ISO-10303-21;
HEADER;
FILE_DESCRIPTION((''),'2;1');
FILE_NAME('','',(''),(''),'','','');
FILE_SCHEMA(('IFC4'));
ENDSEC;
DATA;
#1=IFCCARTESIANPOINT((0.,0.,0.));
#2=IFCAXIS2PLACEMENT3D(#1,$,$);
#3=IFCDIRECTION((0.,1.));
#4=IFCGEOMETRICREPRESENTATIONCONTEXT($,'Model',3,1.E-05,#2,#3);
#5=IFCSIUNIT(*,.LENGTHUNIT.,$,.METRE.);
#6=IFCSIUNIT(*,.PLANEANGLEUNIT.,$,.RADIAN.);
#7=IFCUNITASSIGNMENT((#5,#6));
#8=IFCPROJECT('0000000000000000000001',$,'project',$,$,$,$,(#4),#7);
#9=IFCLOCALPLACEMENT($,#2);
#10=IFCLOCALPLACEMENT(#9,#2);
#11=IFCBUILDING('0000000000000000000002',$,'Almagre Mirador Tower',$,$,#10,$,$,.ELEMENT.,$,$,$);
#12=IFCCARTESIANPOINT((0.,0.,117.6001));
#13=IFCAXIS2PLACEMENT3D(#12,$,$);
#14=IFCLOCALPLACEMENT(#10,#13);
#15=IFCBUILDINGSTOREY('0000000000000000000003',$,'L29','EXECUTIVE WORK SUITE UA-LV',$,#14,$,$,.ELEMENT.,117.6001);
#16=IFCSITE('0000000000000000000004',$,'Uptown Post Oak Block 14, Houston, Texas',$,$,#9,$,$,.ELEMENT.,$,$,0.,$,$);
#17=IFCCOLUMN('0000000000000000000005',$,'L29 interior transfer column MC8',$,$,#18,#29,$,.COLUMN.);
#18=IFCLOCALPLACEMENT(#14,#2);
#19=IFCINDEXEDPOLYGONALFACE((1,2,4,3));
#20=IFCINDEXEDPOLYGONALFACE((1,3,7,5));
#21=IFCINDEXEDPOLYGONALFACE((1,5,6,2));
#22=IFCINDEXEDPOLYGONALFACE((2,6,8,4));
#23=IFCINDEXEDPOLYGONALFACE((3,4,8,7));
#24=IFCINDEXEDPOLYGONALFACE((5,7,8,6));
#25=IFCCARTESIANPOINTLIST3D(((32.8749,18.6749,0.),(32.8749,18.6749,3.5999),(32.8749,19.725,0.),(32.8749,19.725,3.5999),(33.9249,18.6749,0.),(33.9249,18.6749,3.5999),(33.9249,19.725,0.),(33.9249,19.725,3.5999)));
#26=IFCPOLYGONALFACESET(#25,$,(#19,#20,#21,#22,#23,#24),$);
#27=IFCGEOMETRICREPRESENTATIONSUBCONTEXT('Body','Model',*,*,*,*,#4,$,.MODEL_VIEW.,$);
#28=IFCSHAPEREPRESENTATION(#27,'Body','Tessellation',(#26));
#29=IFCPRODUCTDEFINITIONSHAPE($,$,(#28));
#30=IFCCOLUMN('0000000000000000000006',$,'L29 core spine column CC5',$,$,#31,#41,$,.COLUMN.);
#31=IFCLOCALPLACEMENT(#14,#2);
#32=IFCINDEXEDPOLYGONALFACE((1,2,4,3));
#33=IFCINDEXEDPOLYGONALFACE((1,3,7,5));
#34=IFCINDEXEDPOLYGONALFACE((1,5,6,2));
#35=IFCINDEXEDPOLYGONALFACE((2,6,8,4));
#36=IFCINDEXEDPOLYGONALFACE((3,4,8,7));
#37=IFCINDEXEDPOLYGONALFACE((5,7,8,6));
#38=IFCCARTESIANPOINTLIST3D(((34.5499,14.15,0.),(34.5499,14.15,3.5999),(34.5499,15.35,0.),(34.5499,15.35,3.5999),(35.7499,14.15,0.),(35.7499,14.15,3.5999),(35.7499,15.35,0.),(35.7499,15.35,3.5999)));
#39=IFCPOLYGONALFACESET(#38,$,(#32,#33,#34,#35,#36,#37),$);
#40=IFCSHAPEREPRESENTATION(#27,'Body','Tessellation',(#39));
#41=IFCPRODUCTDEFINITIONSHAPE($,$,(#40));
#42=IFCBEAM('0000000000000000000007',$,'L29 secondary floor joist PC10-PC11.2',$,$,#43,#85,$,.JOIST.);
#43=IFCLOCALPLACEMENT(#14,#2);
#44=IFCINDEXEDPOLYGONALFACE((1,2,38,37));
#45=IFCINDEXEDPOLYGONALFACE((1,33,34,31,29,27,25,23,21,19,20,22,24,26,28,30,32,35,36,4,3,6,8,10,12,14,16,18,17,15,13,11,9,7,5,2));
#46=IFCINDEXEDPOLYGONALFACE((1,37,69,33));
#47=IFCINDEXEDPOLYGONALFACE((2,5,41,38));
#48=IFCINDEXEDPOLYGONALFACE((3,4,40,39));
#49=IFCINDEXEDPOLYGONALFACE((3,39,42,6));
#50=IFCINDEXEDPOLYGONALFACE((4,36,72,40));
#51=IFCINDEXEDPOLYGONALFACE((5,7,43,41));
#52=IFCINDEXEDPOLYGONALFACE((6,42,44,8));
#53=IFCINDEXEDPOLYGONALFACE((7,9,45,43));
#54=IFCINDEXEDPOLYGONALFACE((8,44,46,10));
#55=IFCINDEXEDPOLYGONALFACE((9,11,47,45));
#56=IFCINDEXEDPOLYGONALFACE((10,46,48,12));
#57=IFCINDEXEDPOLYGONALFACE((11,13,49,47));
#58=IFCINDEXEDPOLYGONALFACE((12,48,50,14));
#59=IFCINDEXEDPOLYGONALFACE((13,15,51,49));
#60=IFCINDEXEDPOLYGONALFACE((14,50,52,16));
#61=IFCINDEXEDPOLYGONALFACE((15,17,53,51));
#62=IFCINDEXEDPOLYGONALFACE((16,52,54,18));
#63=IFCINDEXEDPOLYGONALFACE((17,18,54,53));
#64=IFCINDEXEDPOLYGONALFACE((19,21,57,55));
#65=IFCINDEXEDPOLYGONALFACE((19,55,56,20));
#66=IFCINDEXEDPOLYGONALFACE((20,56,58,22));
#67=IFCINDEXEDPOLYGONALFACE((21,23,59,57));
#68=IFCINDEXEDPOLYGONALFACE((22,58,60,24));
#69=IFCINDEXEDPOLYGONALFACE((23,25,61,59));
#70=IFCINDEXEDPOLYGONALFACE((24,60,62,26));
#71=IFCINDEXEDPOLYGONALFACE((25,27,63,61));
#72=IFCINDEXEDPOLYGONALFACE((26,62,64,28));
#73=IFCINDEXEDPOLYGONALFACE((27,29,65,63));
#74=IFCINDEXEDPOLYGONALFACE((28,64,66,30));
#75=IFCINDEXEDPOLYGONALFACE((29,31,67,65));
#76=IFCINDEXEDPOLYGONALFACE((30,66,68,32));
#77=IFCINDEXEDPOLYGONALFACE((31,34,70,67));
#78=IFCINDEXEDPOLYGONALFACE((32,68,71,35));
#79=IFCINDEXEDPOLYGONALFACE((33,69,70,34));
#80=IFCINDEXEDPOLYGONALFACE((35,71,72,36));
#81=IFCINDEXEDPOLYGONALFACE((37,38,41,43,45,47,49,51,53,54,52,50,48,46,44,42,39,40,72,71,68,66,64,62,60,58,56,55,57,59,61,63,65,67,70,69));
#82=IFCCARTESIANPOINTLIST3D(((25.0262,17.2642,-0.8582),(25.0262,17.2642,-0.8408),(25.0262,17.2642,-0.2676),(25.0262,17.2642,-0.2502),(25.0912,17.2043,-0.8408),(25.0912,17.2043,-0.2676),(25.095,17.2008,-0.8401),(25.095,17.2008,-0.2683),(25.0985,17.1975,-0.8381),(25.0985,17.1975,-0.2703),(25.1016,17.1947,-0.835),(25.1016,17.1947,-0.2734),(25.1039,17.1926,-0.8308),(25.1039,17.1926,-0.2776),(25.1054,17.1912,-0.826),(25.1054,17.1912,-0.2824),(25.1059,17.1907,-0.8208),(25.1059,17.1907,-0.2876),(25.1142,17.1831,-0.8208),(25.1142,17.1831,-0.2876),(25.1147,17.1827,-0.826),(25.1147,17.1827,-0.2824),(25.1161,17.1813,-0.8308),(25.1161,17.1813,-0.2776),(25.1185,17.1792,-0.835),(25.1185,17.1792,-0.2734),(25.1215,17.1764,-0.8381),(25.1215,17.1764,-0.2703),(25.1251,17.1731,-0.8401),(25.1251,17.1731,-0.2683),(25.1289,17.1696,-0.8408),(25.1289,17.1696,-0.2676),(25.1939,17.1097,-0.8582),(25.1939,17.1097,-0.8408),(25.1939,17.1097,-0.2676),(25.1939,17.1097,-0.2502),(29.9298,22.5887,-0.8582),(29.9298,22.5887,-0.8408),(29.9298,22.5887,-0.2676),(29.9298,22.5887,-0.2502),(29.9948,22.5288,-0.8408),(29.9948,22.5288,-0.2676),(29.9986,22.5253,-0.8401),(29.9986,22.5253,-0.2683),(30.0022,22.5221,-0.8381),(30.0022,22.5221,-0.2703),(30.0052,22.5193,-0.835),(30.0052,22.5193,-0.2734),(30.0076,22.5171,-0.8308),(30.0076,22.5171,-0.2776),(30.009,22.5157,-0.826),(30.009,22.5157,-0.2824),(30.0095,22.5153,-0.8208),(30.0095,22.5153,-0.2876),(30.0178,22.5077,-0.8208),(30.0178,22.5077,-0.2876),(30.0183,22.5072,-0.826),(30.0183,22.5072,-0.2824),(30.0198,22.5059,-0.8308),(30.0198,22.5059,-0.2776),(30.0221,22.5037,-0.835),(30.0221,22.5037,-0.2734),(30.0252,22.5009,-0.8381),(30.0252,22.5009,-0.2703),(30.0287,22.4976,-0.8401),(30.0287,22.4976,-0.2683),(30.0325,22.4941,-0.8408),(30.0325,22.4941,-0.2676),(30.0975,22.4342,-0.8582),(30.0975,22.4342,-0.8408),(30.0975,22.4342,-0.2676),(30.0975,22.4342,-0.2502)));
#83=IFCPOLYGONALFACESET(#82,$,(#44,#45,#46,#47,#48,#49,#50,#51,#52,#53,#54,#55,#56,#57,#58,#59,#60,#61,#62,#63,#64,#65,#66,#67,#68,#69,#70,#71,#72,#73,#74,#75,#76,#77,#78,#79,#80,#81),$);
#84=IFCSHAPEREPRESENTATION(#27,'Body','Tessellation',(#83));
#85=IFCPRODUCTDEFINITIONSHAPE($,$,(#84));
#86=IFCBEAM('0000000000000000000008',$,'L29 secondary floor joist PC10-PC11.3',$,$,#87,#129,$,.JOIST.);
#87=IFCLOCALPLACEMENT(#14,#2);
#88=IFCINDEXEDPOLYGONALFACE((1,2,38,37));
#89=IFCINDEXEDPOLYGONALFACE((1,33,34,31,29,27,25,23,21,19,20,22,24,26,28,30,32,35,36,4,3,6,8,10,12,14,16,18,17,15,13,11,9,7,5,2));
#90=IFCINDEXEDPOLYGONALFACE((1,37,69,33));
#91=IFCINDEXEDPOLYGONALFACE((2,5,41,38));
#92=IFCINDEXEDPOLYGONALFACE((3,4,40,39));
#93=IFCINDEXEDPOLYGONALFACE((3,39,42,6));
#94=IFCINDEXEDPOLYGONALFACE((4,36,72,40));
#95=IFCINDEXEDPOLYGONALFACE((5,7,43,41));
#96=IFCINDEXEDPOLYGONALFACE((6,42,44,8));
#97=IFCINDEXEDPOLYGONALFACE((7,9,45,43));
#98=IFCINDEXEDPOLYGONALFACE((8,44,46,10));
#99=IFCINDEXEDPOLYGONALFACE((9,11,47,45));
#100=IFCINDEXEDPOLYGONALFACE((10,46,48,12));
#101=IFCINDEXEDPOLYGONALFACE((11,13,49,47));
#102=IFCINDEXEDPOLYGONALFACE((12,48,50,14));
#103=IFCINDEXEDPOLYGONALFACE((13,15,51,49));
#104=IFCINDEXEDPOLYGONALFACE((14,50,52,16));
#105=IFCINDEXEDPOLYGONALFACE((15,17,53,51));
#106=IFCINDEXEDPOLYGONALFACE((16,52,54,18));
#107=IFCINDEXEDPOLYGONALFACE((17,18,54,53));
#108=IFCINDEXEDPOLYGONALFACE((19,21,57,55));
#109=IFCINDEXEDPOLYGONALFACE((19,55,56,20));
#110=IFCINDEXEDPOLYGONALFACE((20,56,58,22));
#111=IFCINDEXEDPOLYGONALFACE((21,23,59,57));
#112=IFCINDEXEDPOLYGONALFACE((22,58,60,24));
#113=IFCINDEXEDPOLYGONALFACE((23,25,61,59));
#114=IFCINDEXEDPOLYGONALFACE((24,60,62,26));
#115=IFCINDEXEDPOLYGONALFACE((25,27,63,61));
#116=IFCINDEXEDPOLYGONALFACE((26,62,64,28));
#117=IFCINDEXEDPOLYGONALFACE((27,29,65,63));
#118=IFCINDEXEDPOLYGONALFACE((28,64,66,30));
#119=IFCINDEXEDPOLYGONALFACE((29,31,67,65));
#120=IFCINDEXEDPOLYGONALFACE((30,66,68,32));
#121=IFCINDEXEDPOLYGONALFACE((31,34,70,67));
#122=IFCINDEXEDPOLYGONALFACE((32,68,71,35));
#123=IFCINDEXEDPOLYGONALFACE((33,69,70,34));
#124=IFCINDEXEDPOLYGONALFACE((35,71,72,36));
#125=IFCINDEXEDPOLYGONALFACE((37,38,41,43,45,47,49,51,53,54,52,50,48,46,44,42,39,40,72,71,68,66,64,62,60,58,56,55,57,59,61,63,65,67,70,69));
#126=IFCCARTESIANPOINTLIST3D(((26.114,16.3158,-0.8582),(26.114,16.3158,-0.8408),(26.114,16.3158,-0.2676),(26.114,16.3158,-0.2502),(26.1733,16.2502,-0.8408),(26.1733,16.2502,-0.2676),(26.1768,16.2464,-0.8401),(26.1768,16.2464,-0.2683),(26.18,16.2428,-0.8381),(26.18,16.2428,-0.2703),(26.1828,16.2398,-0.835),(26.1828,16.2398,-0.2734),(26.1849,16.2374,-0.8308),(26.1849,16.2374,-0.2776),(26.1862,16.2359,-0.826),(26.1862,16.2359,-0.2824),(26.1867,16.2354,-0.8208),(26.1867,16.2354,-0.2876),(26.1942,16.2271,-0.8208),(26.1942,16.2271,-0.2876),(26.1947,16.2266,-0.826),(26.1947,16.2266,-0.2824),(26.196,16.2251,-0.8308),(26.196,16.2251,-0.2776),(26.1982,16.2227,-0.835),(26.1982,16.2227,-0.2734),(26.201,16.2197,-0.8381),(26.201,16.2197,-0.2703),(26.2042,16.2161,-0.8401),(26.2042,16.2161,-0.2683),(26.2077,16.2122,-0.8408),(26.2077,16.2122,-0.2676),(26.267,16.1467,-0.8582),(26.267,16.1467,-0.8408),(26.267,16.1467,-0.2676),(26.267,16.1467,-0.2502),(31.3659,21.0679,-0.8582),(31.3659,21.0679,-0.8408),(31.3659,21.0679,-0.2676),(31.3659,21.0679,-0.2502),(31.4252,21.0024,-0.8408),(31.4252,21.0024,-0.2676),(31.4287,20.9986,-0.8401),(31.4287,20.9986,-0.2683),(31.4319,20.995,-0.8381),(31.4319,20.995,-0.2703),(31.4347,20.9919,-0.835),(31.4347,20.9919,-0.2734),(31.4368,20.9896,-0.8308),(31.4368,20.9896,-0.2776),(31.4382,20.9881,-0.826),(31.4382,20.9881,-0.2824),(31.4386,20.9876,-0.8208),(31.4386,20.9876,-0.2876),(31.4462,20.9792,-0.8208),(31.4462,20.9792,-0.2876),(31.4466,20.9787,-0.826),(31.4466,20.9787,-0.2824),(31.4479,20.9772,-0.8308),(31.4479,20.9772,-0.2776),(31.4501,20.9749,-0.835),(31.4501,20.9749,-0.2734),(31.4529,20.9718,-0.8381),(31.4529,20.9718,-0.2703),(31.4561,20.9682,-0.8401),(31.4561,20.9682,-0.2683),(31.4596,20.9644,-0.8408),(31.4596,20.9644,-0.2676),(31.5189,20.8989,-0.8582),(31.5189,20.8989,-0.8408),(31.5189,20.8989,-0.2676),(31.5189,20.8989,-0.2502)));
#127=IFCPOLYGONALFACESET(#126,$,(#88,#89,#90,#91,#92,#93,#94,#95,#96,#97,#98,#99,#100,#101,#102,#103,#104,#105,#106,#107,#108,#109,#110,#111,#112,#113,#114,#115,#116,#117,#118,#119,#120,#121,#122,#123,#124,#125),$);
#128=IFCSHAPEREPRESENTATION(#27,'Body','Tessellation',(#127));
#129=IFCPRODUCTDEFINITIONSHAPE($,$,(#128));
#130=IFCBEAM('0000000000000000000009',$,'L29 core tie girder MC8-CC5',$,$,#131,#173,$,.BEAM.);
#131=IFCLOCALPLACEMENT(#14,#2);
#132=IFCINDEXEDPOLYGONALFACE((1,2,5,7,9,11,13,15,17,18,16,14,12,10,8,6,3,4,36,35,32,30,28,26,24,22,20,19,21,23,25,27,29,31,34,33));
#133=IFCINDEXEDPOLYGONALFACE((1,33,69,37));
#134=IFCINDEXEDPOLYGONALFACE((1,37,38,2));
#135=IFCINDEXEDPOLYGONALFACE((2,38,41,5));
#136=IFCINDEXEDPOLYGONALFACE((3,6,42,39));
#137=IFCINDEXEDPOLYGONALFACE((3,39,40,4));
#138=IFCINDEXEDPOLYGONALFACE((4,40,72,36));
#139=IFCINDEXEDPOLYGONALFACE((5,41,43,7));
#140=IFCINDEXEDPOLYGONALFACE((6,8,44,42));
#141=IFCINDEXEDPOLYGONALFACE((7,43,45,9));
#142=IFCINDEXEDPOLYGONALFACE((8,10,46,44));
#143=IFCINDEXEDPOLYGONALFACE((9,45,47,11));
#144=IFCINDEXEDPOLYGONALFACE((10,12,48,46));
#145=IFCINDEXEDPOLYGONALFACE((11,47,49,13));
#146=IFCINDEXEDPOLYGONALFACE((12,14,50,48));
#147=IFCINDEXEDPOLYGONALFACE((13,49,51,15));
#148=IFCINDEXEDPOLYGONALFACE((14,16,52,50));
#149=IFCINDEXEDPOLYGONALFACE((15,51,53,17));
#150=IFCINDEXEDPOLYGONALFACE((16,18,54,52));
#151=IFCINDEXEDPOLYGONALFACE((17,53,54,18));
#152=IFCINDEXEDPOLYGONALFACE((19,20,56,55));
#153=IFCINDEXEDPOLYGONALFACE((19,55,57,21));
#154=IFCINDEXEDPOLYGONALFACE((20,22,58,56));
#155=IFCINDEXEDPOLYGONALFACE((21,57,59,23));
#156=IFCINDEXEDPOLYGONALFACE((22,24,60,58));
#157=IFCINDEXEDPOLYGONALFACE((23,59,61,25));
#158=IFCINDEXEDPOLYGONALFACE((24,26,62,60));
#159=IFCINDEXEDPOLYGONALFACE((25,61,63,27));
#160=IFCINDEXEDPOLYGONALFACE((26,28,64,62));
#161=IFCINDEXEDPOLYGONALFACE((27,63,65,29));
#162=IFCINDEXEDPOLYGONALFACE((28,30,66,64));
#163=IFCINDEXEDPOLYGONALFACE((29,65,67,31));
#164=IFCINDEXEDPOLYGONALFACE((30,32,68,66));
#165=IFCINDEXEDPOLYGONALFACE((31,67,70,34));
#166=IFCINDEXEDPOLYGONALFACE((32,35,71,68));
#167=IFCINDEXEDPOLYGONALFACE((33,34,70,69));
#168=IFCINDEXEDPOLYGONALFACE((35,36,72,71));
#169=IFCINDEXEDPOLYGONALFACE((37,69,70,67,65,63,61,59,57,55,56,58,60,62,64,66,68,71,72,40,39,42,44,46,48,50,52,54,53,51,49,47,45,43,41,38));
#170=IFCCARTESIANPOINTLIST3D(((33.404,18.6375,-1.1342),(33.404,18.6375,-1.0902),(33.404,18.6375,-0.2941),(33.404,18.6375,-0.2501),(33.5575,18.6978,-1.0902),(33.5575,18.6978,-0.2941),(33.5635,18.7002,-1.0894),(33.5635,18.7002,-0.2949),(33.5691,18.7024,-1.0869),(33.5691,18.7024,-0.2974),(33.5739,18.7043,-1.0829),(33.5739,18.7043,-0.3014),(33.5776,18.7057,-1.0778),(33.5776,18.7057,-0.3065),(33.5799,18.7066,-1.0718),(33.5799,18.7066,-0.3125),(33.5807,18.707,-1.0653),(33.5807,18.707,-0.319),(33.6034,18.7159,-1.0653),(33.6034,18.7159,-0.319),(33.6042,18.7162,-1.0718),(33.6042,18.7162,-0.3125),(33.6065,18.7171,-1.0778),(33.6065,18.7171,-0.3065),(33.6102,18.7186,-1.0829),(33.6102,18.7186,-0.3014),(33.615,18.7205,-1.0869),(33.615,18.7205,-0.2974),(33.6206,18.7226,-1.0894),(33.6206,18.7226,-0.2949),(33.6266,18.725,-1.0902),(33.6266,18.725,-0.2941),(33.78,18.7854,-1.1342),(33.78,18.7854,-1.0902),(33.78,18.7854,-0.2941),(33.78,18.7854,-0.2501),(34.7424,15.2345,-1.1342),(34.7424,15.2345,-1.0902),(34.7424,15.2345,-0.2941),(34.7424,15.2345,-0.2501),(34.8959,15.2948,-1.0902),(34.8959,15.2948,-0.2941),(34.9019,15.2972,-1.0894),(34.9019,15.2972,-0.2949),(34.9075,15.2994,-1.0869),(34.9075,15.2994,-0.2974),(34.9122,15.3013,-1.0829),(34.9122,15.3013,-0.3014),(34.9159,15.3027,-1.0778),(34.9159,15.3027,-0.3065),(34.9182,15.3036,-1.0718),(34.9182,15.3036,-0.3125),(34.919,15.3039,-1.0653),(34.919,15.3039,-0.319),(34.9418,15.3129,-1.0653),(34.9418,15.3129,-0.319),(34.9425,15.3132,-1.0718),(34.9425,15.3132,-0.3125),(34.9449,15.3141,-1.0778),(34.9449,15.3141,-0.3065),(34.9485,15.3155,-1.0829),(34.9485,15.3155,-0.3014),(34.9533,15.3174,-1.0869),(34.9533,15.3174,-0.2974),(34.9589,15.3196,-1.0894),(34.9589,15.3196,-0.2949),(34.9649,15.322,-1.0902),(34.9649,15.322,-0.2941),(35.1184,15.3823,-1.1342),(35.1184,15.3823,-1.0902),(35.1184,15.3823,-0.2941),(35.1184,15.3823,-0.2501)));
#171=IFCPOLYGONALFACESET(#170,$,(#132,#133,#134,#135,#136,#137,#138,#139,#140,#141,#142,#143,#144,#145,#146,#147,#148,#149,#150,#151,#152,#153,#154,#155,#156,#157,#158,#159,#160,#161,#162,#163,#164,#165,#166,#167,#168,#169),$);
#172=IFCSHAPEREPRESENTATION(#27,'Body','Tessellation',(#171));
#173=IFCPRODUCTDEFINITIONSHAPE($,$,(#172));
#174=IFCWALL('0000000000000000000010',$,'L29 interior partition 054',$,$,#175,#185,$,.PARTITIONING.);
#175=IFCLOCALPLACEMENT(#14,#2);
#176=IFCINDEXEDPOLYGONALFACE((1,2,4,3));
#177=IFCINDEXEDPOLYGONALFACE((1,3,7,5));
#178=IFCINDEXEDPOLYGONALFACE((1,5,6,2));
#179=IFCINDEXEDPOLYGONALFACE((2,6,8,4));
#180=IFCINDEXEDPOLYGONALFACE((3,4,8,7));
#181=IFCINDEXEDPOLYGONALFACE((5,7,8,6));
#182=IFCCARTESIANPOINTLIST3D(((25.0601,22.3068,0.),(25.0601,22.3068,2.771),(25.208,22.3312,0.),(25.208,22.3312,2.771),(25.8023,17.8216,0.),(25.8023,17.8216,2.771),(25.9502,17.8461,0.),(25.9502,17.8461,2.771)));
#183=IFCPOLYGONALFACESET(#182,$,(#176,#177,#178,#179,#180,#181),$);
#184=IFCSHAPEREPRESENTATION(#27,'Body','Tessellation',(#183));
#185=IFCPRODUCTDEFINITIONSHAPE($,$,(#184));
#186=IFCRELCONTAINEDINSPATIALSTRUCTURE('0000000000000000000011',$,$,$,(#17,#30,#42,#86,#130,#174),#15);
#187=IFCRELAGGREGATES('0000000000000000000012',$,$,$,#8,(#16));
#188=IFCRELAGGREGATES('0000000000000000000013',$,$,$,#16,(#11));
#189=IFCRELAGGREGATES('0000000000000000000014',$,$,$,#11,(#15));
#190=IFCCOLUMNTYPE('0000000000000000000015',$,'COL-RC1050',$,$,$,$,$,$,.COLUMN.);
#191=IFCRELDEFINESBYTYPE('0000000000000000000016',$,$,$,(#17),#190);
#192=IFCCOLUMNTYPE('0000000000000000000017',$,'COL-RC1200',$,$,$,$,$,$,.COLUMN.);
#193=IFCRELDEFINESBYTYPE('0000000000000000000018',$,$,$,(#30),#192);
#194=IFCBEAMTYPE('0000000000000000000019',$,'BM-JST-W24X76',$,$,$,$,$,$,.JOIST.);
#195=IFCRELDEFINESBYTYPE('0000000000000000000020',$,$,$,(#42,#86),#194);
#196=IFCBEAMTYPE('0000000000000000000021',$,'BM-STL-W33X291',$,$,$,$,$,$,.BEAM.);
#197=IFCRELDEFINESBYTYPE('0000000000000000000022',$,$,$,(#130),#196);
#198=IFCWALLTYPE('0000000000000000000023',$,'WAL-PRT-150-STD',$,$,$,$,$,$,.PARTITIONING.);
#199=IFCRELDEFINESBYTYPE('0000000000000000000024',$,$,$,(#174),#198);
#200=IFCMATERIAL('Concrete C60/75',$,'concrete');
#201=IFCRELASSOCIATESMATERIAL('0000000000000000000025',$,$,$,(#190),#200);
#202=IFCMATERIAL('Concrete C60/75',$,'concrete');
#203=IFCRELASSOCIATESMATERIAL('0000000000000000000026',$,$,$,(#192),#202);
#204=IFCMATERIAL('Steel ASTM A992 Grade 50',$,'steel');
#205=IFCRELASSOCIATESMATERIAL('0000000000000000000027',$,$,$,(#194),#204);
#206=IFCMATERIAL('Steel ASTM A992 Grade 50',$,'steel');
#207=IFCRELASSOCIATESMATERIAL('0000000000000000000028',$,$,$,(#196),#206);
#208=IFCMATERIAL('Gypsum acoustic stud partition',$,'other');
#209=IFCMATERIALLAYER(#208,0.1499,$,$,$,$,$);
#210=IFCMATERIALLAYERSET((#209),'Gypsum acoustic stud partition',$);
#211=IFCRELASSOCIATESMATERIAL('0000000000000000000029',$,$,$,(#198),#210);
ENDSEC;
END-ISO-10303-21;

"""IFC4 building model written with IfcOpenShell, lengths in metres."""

from ifc_helpers import new_model, si_unit, direction, frame, frame_2d, origin, origin_2d, place, context, subcontext, project, spatial, rectangle, i_section, extrude, material, layer, layer_set, material_profile, profile_set, type_object, element, save


model = new_model("IFC4")

# Units and contexts
model_context = context("Model", 3, precision=1e-05, world=origin(), true_north=direction((0.0, 1.0)))
body_context = subcontext(model_context, "Body", "Model", "MODEL_VIEW")
ifc_project = project(units=[si_unit("LENGTHUNIT", "METRE"), si_unit("PLANEANGLEUNIT", "RADIAN")], contexts=[model_context])

# Site, building, storey
site_placement = place(None, origin())
site = spatial("IfcSite", under=ifc_project, at=site_placement, Name="Uptown Post Oak Block 14, Houston, Texas", CompositionType="ELEMENT", RefElevation=0.0)
building_placement = place(site_placement, origin())
building = spatial("IfcBuilding", under=site, at=building_placement, Name="Almagre Mirador Tower", CompositionType="ELEMENT")
storey_placement = place(building_placement, frame((0.0, 0.0, 117.6001)))
storey = spatial("IfcBuildingStorey", under=building, at=storey_placement, Name="L29", Description="EXECUTIVE WORK SUITE UA-LV", CompositionType="ELEMENT", Elevation=117.6001)

# Columns
ifc_material_1 = material(Name="Concrete C60/75", Category="concrete")
ifc_material_profile_1 = material_profile(ifc_material_1, rectangle(XDim=1.05, YDim=1.05, at=origin_2d()), Name="RC1050X1050")
ifc_profile_set_1 = profile_set([ifc_material_profile_1], Name="Concrete C60/75")
column_type_1 = type_object("IfcColumnType", Name="COL-RC1050", PredefinedType="COLUMN", material=ifc_profile_set_1)
column_1_placement = place(storey_placement, frame((33.3999, 19.2, 0.0), z_axis=(0.0, 0.0, 1.0), x_axis=(1.0, 0.0, 0.0)))
element("IfcColumn", 1, at=column_1_placement, inside=storey, type_object=column_type_1, Name="L29 interior transfer column MC8", PredefinedType="COLUMN", context=body_context, shape_type="SweptSolid", body=[
    extrude(rectangle(XDim=1.05, YDim=1.05, at=origin_2d()), origin(), (0.0, 0.0, 1.0), 3.5999),
])
ifc_material_2 = material(Name="Concrete C60/75", Category="concrete")
ifc_material_profile_2 = material_profile(ifc_material_2, rectangle(XDim=1.2, YDim=1.2, at=origin_2d()), Name="RC1200X1200")
ifc_profile_set_2 = profile_set([ifc_material_profile_2], Name="Concrete C60/75")
column_type_2 = type_object("IfcColumnType", Name="COL-RC1200", PredefinedType="COLUMN", material=ifc_profile_set_2)
column_2_placement = place(storey_placement, frame((35.1499, 14.75, 0.0), z_axis=(0.0, 0.0, 1.0), x_axis=(1.0, 0.0, 0.0)))
element("IfcColumn", 2, at=column_2_placement, inside=storey, type_object=column_type_2, Name="L29 core spine column CC5", PredefinedType="COLUMN", context=body_context, shape_type="SweptSolid", body=[
    extrude(rectangle(XDim=1.2, YDim=1.2, at=origin_2d()), origin(), (0.0, 0.0, 1.0), 3.5999),
])

# Beams
ifc_material_3 = material(Name="Steel ASTM A992 Grade 50", Category="steel")
ifc_material_profile_3 = material_profile(ifc_material_3, i_section(OverallWidth=0.228, OverallDepth=0.6079, WebThickness=0.0112, FlangeThickness=0.0173, FilletRadius=0.02, at=origin_2d()), Name="W24X76")
ifc_profile_set_3 = profile_set([ifc_material_profile_3], Name="Steel ASTM A992 Grade 50")
beam_type_1 = type_object("IfcBeamType", Name="BM-JST-W24X76", PredefinedType="JOIST", material=ifc_profile_set_3)
beam_1_placement = place(storey_placement, frame((30.0137, 22.5115, -0.5542), z_axis=(-0.677435, -0.735583, 0.0), x_axis=(0.735583, -0.677435, 0.0)))
element("IfcBeam", 3, at=beam_1_placement, inside=storey, type_object=beam_type_1, Name="L29 secondary floor joist PC10-PC11.2", PredefinedType="JOIST", context=body_context, shape_type="SweptSolid", body=[
    extrude(i_section(OverallWidth=0.228, OverallDepth=0.6079, WebThickness=0.0112, FlangeThickness=0.0173, FilletRadius=0.02, at=origin_2d()), origin(), (0.0, 0.0, 1.0), 7.2385),
])
beam_2_placement = place(storey_placement, frame((31.4424, 20.9834, -0.5542), z_axis=(-0.741506, -0.670947, 0.0), x_axis=(0.670947, -0.741506, 0.0)))
element("IfcBeam", 4, at=beam_2_placement, inside=storey, type_object=beam_type_1, Name="L29 secondary floor joist PC10-PC11.3", PredefinedType="JOIST", context=body_context, shape_type="SweptSolid", body=[
    extrude(i_section(OverallWidth=0.228, OverallDepth=0.6079, WebThickness=0.0112, FlangeThickness=0.0173, FilletRadius=0.02, at=origin_2d()), origin(), (0.0, 0.0, 1.0), 7.0828),
])
ifc_material_4 = material(Name="Steel ASTM A992 Grade 50", Category="steel")
ifc_material_profile_4 = material_profile(ifc_material_4, i_section(OverallWidth=0.4041, OverallDepth=0.884, WebThickness=0.0244, FlangeThickness=0.0439, FilletRadius=0.0249, at=origin_2d()), Name="W33X291")
ifc_profile_set_4 = profile_set([ifc_material_profile_4], Name="Steel ASTM A992 Grade 50")
beam_type_2 = type_object("IfcBeamType", Name="BM-STL-W33X291", PredefinedType="BEAM", material=ifc_profile_set_4)
beam_3_placement = place(storey_placement, frame((33.592, 18.7114, -0.6921), z_axis=(0.365997, -0.930616, 0.0), x_axis=(0.930616, 0.365997, 0.0)))
element("IfcBeam", 5, at=beam_3_placement, inside=storey, type_object=beam_type_2, Name="L29 core tie girder MC8-CC5", PredefinedType="BEAM", context=body_context, shape_type="SweptSolid", body=[
    extrude(i_section(OverallWidth=0.4041, OverallDepth=0.884, WebThickness=0.0244, FlangeThickness=0.0439, FilletRadius=0.0249, at=origin_2d()), origin(), (0.0, 0.0, 1.0), 3.6567),
])

# Wall
ifc_material_5 = material(Name="Gypsum acoustic stud partition", Category="other")
ifc_layer_1 = layer(ifc_material_5, 0.1499)
ifc_layer_set_1 = layer_set([ifc_layer_1], Name="Gypsum acoustic stud partition")
wall_type_1 = type_object("IfcWallType", Name="WAL-PRT-150-STD", PredefinedType="PARTITIONING", material=ifc_layer_set_1)
wall_1_placement = place(storey_placement, frame((25.8762, 17.834, 0.0), z_axis=(0.0, 0.0, 1.0), x_axis=(-0.163258, 0.986583, 0.0)))
element("IfcWall", 6, at=wall_1_placement, inside=storey, type_object=wall_type_1, Name="L29 interior partition 054", PredefinedType="PARTITIONING", context=body_context, shape_type="SweptSolid", body=[
    extrude(rectangle(XDim=4.5461, YDim=0.1499, at=frame_2d((2.2729, 0.0))), origin(), (0.0, 0.0, 1.0), 2.771),
])

save(model, "model.ifc")
